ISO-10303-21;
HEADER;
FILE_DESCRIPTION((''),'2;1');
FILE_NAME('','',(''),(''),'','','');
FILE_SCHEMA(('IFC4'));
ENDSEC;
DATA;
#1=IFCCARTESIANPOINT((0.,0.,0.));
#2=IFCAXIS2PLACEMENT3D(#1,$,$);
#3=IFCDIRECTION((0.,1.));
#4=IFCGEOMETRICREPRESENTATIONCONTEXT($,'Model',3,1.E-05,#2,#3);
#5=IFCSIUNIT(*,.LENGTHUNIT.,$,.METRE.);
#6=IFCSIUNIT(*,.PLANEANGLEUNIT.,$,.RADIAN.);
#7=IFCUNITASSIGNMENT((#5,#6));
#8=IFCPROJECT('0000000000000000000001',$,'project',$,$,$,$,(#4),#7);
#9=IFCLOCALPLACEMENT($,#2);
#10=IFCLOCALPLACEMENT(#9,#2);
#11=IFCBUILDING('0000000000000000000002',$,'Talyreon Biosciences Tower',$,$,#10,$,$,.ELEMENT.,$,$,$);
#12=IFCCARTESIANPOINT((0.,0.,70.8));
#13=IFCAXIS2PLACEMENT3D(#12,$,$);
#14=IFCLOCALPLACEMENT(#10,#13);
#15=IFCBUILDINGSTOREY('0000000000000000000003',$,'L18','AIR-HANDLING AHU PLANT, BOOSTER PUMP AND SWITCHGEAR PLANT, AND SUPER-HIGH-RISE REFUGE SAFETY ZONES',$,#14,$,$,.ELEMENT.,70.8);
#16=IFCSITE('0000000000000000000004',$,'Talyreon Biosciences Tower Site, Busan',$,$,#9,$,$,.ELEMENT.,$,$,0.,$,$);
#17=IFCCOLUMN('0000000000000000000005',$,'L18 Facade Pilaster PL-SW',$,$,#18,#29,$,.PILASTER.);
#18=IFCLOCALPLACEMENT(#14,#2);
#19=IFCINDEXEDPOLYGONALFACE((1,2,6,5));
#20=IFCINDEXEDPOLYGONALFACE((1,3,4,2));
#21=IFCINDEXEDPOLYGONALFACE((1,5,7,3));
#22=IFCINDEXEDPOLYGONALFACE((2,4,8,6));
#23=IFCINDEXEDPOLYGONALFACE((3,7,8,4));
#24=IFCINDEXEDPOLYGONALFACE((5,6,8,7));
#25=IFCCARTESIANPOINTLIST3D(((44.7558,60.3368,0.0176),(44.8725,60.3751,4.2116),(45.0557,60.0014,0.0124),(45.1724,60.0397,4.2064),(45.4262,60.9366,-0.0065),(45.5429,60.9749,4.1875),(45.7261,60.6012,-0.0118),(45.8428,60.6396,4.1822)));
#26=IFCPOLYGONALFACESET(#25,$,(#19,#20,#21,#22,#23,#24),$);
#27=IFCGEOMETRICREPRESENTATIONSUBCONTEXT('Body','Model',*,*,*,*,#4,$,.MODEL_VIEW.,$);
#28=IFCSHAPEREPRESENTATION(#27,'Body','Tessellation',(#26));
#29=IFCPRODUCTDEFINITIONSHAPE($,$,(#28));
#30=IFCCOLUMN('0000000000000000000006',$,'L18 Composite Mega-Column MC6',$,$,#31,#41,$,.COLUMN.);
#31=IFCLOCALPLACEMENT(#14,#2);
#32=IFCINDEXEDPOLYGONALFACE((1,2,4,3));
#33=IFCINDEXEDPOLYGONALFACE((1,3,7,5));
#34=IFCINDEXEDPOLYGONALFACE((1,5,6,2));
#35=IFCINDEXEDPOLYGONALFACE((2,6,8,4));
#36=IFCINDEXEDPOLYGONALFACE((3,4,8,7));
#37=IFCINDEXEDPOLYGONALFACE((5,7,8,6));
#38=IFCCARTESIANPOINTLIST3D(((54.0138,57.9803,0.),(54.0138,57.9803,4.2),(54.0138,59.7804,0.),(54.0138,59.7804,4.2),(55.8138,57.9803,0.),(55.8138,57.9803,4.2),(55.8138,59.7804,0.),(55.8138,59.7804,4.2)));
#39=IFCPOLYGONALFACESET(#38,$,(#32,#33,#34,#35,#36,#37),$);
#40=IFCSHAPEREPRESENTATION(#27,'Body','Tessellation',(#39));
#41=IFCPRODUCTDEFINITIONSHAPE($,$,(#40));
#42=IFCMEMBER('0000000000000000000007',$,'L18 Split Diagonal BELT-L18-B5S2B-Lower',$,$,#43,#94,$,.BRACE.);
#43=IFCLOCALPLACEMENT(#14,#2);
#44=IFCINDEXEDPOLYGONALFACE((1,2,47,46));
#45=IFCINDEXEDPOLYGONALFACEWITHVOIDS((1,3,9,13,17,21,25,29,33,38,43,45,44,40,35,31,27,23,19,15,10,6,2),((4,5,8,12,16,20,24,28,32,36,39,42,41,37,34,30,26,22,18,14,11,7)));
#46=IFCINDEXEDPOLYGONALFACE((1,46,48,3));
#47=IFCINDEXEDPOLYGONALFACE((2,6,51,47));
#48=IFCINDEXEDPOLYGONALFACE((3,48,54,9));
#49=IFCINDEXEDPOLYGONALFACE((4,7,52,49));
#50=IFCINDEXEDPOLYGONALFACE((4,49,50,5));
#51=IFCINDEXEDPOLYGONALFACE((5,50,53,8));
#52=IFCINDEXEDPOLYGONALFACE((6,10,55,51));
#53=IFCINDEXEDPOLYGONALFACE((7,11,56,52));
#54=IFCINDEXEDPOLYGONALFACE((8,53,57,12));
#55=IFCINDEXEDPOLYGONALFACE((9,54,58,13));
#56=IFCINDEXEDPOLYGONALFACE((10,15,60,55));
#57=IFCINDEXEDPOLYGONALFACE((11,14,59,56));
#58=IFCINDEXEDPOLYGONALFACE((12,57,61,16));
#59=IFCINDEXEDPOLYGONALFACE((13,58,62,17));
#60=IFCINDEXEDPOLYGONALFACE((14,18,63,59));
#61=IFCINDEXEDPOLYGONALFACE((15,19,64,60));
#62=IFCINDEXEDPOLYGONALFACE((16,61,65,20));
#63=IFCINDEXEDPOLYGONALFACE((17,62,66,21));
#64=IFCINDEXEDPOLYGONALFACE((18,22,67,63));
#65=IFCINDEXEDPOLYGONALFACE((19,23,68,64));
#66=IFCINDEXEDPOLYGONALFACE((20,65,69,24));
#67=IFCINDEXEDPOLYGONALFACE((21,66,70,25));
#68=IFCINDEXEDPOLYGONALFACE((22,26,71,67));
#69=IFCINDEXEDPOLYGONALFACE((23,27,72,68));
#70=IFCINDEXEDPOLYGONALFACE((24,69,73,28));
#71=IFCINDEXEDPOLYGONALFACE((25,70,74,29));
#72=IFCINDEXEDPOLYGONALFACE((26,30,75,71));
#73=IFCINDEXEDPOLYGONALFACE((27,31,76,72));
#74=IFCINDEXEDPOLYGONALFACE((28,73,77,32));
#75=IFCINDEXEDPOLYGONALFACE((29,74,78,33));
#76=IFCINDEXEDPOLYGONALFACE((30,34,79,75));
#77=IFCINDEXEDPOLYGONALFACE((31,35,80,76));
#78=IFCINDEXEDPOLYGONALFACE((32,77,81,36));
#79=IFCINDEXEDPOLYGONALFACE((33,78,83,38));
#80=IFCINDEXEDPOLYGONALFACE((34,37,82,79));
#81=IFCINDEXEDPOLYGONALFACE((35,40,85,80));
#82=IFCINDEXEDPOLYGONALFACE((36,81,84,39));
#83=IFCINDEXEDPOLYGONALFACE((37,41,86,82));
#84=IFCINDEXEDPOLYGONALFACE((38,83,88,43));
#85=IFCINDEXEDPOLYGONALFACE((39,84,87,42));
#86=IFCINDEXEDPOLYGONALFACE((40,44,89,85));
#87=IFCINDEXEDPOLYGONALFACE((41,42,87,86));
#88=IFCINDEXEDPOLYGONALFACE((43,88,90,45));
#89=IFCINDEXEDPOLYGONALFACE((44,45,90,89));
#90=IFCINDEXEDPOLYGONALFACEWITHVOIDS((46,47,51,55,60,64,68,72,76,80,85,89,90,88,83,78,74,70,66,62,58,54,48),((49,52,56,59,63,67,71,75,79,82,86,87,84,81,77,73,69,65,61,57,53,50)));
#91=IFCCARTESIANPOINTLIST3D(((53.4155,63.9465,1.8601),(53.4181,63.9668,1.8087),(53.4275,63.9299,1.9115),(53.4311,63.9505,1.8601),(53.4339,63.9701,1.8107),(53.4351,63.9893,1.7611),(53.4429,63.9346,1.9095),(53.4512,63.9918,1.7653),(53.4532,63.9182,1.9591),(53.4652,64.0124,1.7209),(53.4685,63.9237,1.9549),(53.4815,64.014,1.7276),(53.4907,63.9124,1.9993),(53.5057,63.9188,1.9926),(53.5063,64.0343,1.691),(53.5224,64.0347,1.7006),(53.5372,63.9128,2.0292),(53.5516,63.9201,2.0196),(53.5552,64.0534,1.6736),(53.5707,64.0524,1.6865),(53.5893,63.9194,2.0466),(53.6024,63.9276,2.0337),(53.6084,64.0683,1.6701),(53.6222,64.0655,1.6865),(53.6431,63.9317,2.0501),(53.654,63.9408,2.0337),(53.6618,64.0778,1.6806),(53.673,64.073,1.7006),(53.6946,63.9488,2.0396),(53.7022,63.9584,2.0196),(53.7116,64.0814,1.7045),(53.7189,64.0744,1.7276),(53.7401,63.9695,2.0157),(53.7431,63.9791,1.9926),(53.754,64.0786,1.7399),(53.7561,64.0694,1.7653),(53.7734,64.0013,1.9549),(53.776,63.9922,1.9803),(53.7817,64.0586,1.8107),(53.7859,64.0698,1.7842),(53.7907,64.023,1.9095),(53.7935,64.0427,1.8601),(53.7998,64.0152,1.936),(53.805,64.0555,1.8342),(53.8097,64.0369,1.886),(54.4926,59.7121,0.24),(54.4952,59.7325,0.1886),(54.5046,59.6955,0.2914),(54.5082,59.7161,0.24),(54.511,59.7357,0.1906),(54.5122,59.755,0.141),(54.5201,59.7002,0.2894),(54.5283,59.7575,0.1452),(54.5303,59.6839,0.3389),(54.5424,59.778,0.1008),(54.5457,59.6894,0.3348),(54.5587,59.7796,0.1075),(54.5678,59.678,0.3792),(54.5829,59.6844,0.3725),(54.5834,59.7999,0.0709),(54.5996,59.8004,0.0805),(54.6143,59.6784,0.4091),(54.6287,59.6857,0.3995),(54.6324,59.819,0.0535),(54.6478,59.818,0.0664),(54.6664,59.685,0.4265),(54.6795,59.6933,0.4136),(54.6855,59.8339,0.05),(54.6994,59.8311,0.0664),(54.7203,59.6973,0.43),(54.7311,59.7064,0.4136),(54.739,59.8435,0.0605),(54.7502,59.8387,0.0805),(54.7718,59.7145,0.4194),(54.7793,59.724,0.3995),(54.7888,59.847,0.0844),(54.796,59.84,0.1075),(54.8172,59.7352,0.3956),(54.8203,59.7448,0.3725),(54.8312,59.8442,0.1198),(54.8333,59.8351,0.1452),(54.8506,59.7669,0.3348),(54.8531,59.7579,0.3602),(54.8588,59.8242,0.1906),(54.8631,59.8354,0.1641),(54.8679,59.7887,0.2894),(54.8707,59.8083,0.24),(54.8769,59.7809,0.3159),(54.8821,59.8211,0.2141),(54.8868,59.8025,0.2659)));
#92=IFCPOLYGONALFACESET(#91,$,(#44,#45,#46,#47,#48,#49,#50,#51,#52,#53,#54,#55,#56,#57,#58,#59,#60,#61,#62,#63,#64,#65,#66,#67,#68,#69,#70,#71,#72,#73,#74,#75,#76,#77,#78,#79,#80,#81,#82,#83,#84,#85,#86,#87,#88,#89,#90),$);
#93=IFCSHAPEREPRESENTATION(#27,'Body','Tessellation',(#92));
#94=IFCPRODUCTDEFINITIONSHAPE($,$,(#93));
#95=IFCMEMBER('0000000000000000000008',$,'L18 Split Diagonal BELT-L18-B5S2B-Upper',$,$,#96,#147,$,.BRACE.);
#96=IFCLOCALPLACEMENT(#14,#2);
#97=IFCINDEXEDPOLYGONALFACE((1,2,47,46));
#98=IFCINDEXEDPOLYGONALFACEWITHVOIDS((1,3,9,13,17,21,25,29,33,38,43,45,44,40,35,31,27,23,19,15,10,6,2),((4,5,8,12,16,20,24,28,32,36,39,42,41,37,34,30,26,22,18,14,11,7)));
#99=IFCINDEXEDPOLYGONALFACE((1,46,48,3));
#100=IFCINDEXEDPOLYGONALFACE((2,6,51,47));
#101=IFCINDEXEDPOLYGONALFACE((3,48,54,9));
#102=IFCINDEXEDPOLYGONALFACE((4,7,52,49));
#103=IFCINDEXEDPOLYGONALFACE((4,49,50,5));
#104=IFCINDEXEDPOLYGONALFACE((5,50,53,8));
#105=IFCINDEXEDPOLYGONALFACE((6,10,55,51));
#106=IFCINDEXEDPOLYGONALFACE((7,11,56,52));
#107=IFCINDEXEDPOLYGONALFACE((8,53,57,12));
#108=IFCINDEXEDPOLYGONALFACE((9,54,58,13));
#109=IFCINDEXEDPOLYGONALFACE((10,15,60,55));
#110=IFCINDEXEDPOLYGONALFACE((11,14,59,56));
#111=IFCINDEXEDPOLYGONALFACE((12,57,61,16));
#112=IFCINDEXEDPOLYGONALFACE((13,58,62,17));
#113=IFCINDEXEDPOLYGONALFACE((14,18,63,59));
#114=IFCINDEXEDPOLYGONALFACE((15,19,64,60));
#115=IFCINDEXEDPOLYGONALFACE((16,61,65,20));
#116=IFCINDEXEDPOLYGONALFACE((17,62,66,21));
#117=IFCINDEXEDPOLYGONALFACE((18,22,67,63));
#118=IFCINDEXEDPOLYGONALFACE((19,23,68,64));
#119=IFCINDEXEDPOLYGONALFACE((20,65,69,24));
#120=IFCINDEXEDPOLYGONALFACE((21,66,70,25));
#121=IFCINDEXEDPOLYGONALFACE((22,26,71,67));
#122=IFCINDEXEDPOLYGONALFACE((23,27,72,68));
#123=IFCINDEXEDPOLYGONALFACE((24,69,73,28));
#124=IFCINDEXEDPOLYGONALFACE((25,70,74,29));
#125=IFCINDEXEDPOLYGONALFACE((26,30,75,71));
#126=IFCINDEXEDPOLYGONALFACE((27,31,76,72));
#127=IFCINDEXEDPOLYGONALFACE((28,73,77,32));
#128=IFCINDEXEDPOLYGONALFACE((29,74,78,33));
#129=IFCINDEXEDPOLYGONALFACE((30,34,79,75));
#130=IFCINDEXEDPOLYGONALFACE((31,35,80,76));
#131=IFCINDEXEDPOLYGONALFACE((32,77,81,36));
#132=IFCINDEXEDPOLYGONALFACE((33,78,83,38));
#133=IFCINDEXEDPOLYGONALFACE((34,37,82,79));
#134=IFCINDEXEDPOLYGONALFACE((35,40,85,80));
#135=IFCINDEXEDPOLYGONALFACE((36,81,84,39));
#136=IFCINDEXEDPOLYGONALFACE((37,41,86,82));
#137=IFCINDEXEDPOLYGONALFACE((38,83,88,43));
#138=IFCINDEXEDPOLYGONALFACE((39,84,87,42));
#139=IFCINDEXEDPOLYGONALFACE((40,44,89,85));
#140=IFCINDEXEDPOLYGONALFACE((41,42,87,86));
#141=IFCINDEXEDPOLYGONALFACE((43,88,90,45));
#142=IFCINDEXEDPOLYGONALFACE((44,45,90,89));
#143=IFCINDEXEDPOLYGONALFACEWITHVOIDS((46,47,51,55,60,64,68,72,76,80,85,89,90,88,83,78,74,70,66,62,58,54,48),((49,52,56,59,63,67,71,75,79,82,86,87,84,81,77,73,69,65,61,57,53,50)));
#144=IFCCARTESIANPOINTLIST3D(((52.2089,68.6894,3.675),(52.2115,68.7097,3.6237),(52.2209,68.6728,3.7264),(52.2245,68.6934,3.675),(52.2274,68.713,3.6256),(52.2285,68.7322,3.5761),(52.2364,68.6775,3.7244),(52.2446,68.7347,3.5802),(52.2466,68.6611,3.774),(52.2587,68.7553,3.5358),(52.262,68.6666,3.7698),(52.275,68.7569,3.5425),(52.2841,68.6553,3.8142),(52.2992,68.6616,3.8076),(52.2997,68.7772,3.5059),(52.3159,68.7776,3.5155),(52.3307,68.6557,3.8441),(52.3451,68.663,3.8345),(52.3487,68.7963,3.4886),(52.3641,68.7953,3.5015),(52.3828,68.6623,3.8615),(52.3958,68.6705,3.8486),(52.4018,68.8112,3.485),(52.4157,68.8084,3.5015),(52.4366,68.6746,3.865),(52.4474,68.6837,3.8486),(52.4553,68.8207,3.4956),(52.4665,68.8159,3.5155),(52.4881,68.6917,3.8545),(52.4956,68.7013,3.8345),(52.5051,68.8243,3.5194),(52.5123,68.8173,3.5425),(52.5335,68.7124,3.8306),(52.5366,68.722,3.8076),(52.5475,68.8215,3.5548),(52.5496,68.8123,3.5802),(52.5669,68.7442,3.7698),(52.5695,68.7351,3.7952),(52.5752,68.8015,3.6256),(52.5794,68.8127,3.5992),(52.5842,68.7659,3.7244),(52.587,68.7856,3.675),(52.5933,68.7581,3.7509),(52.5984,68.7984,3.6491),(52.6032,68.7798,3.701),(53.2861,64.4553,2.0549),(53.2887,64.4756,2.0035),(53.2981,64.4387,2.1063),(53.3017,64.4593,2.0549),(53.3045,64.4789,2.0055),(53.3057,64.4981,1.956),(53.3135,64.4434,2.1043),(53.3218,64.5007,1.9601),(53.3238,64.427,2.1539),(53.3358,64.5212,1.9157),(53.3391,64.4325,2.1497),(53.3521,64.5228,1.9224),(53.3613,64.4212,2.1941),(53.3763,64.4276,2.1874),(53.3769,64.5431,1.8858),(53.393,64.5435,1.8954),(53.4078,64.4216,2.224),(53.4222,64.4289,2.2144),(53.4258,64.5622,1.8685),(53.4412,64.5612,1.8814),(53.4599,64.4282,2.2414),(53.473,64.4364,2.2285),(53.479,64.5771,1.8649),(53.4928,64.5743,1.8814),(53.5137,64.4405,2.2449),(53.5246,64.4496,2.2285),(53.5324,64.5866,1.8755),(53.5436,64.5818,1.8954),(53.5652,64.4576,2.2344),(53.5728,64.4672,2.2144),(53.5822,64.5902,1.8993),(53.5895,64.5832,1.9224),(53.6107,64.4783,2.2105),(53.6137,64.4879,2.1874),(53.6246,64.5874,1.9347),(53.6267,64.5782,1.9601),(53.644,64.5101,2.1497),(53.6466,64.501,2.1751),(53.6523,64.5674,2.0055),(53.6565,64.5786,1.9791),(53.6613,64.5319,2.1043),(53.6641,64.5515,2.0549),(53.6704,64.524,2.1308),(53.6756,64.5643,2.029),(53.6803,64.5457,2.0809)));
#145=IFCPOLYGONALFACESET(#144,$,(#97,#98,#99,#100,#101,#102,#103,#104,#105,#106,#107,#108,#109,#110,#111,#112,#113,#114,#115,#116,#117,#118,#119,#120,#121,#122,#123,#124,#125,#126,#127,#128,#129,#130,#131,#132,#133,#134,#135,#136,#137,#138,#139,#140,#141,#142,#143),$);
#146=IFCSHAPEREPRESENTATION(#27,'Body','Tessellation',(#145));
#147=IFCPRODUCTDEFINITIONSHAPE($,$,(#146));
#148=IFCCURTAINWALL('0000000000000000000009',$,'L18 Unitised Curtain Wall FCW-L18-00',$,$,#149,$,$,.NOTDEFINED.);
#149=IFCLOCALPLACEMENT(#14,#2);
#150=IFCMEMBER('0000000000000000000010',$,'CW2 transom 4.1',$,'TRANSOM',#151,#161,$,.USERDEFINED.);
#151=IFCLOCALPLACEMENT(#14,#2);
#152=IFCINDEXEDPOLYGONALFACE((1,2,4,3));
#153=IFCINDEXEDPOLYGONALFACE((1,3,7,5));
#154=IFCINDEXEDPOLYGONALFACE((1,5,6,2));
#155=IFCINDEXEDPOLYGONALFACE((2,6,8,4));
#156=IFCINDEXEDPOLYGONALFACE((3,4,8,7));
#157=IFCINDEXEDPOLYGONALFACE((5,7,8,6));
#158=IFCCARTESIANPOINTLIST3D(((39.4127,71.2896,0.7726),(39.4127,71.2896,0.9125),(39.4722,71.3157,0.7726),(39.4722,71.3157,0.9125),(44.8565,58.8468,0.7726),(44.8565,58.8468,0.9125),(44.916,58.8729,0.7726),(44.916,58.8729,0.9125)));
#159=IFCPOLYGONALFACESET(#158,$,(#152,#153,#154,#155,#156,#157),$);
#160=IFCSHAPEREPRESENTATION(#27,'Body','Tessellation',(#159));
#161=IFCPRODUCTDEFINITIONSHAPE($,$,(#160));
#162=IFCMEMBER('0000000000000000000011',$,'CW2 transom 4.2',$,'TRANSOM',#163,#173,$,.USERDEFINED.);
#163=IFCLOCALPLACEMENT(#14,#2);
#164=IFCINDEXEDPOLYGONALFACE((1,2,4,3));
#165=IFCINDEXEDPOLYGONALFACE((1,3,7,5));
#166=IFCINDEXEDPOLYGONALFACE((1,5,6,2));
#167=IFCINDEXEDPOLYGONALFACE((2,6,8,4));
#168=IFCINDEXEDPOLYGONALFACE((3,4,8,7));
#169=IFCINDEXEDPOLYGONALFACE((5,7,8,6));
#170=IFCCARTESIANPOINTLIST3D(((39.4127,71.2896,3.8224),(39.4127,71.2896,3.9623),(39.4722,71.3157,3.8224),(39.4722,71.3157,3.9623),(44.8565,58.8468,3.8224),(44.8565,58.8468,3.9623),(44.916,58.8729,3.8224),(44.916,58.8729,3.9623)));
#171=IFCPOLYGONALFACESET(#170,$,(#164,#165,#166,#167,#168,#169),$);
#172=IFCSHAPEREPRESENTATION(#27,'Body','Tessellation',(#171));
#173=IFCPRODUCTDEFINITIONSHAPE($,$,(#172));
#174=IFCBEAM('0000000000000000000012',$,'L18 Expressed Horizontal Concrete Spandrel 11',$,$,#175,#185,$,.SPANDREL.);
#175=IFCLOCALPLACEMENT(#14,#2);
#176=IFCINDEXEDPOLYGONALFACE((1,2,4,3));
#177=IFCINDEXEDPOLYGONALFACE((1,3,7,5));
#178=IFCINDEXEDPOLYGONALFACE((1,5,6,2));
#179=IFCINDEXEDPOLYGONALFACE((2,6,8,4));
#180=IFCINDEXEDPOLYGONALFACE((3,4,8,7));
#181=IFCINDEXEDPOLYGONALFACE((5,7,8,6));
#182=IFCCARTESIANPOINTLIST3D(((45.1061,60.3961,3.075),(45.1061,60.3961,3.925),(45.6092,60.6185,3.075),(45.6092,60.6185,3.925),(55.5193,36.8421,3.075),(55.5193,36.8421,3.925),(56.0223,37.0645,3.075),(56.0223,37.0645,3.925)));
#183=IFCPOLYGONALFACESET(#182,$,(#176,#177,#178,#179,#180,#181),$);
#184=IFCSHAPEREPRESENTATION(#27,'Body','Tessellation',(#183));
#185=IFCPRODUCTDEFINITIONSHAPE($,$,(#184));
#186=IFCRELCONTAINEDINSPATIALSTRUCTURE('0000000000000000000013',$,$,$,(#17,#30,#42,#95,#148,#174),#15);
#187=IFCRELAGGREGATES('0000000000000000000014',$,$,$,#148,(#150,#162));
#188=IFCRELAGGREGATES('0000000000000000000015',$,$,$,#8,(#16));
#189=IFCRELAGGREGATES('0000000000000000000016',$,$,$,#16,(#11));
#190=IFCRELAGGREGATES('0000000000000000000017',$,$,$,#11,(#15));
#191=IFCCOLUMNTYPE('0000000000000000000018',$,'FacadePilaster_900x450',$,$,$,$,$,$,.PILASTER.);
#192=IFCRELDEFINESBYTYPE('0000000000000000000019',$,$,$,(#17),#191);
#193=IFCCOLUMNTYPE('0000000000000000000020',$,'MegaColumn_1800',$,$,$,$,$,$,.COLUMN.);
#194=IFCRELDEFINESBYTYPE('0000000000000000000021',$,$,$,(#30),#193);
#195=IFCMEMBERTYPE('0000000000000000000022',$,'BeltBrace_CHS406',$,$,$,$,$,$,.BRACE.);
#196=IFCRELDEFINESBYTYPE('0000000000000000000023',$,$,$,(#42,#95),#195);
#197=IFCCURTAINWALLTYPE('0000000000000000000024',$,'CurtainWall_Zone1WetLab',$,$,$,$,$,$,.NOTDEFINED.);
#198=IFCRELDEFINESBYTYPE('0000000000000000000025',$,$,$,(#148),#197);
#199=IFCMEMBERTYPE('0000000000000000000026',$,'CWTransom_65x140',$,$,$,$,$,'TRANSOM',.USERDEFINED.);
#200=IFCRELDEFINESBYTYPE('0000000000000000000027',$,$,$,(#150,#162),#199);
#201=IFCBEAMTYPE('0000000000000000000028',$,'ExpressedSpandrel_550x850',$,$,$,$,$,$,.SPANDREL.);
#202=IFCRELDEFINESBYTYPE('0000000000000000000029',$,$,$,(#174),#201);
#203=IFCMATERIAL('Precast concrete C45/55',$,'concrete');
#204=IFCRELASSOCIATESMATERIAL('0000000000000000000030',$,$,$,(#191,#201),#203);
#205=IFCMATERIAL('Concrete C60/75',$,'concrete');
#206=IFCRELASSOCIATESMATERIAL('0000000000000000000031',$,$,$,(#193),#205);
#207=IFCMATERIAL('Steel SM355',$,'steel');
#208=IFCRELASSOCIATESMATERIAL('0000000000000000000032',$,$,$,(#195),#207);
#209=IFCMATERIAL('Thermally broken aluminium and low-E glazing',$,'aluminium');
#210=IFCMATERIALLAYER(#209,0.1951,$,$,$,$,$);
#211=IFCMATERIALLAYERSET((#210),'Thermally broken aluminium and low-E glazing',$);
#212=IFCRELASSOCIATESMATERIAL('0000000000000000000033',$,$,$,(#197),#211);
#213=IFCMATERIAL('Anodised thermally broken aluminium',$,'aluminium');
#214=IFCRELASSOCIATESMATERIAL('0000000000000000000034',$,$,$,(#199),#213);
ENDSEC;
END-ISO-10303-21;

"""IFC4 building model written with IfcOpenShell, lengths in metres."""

from ifc_helpers import new_model, si_unit, direction, frame, origin, origin_2d, place, context, subcontext, project, spatial, rectangle, hollow_circle, extrude, material, layer, layer_set, material_profile, profile_set, type_object, element, aggregate, save


model = new_model("IFC4")

# Units and contexts
model_context = context("Model", 3, precision=1e-05, world=origin(), true_north=direction((0.0, 1.0)))
body_context = subcontext(model_context, "Body", "Model", "MODEL_VIEW")
ifc_project = project(units=[si_unit("LENGTHUNIT", "METRE"), si_unit("PLANEANGLEUNIT", "RADIAN")], contexts=[model_context])

# Site, building, storey
site_placement = place(None, origin())
site = spatial("IfcSite", under=ifc_project, at=site_placement, Name="Talyreon Biosciences Tower Site, Busan", CompositionType="ELEMENT", RefElevation=0.0)
building_placement = place(site_placement, origin())
building = spatial("IfcBuilding", under=site, at=building_placement, Name="Talyreon Biosciences Tower", CompositionType="ELEMENT")
storey_placement = place(building_placement, frame((0.0, 0.0, 70.8)))
storey = spatial("IfcBuildingStorey", under=building, at=storey_placement, Name="L18", Description="AIR-HANDLING AHU PLANT, BOOSTER PUMP AND SWITCHGEAR PLANT, AND SUPER-HIGH-RISE REFUGE SAFETY ZONES", CompositionType="ELEMENT", Elevation=70.8)

# Columns
ifc_material_1 = material(Name="Precast concrete C45/55", Category="concrete")
ifc_material_profile_1 = material_profile(ifc_material_1, rectangle(XDim=0.8999, YDim=0.45, at=origin_2d()), Name="RC 900x450")
ifc_profile_set_1 = profile_set([ifc_material_profile_1], Name="Precast concrete C45/55")
column_type_1 = type_object("IfcColumnType", Name="FacadePilaster_900x450", PredefinedType="PILASTER", material=ifc_profile_set_1)
column_1_placement = place(storey_placement, frame((45.241, 60.469, 0.0029), z_axis=(0.027813, 0.009135, 0.999571), x_axis=(0.744953, 0.666577, -0.02682)))
element("IfcColumn", 1, at=column_1_placement, inside=storey, type_object=column_type_1, Name="L18 Facade Pilaster PL-SW", PredefinedType="PILASTER", context=body_context, shape_type="SweptSolid", body=[
    extrude(rectangle(XDim=0.8999, YDim=0.45, at=origin_2d()), origin(), (0.0, 0.0, 1.0), 4.1958),
])
ifc_material_2 = material(Name="Concrete C60/75", Category="concrete")
ifc_material_profile_2 = material_profile(ifc_material_2, rectangle(XDim=1.8, YDim=1.8, at=origin_2d()), Name="RC 1800x1800")
ifc_profile_set_2 = profile_set([ifc_material_profile_2], Name="Concrete C60/75")
column_type_2 = type_object("IfcColumnType", Name="MegaColumn_1800", PredefinedType="COLUMN", material=ifc_profile_set_2)
column_2_placement = place(storey_placement, frame((54.9138, 58.8804, 0.0), z_axis=(0.0, 0.0, 1.0), x_axis=(1.0, 0.0, 0.0)))
element("IfcColumn", 2, at=column_2_placement, inside=storey, type_object=column_type_2, Name="L18 Composite Mega-Column MC6", PredefinedType="COLUMN", context=body_context, shape_type="SweptSolid", body=[
    extrude(rectangle(XDim=1.8, YDim=1.8, at=origin_2d()), origin(), (0.0, 0.0, 1.0), 4.2),
])

# Members
ifc_material_3 = material(Name="Steel SM355", Category="steel")
ifc_material_profile_3 = material_profile(ifc_material_3, hollow_circle(Radius=0.2031, WallThickness=0.0161, at=origin_2d()), Name="CHS 406.4x16")
ifc_profile_set_3 = profile_set([ifc_material_profile_3], Name="Steel SM355")
member_type_1 = type_object("IfcMemberType", Name="BeltBrace_CHS406", PredefinedType="BRACE", material=ifc_profile_set_3)
member_1_placement = place(storey_placement, frame((54.6895, 59.7622, 0.24), z_axis=(-0.231151, 0.908678, 0.34767), x_axis=(-0.969135, -0.24653, 0.0)))
element("IfcMember", 3, at=member_1_placement, inside=storey, type_object=member_type_1, Name="L18 Split Diagonal BELT-L18-B5S2B-Lower", PredefinedType="BRACE", context=body_context, shape_type="SweptSolid", body=[
    extrude(hollow_circle(Radius=0.2031, WallThickness=0.0161, at=origin_2d()), origin(), (0.0, 0.0, 1.0), 4.6599),
])
member_2_placement = place(storey_placement, frame((53.4829, 64.5054, 2.0549), z_axis=(-0.231162, 0.908668, 0.347686), x_axis=(-0.969132, -0.246544, 0.0)))
element("IfcMember", 4, at=member_2_placement, inside=storey, type_object=member_type_1, Name="L18 Split Diagonal BELT-L18-B5S2B-Upper", PredefinedType="BRACE", context=body_context, shape_type="SweptSolid", body=[
    extrude(hollow_circle(Radius=0.2031, WallThickness=0.0161, at=origin_2d()), origin(), (0.0, 0.0, 1.0), 4.6597),
])

# Curtain wall, members
ifc_material_4 = material(Name="Thermally broken aluminium and low-E glazing", Category="aluminium")
ifc_layer_1 = layer(ifc_material_4, 0.1951)
ifc_layer_set_1 = layer_set([ifc_layer_1], Name="Thermally broken aluminium and low-E glazing")
curtain_wall_type = type_object("IfcCurtainWallType", Name="CurtainWall_Zone1WetLab", PredefinedType="NOTDEFINED", material=ifc_layer_set_1)
curtain_wall_placement = place(storey_placement, origin())
curtain_wall = element("IfcCurtainWall", 5, at=curtain_wall_placement, inside=storey, type_object=curtain_wall_type, Name="L18 Unitised Curtain Wall FCW-L18-00", PredefinedType="NOTDEFINED")
ifc_material_5 = material(Name="Anodised thermally broken aluminium", Category="aluminium")
ifc_material_profile_4 = material_profile(ifc_material_5, rectangle(XDim=0.0649, YDim=0.1399, at=origin_2d()), Name="ALUM TRANSOM 65x140")
ifc_profile_set_4 = profile_set([ifc_material_profile_4], Name="Anodised thermally broken aluminium")
member_type_2 = type_object("IfcMemberType", Name="CWTransom_65x140", ElementType="TRANSOM", PredefinedType="USERDEFINED", material=ifc_profile_set_4)
member_3_placement = place(storey_placement, frame((44.8862, 58.8599, 0.8425), z_axis=(-0.400824, 0.916155, 0.0), x_axis=(-0.916155, -0.400824, 0.0)))
member_3 = element("IfcMember", 6, at=member_3_placement, type_object=member_type_2, Name="CW2 transom 4.1", ObjectType="TRANSOM", PredefinedType="USERDEFINED", context=body_context, shape_type="SweptSolid", body=[
    extrude(rectangle(XDim=0.0649, YDim=0.1399, at=origin_2d()), origin(), (0.0, 0.0, 1.0), 13.5815),
])
member_4_placement = place(storey_placement, frame((44.8862, 58.8599, 3.8923), z_axis=(-0.400824, 0.916155, 0.0), x_axis=(-0.916155, -0.400824, 0.0)))
member_4 = element("IfcMember", 7, at=member_4_placement, type_object=member_type_2, Name="CW2 transom 4.2", ObjectType="TRANSOM", PredefinedType="USERDEFINED", context=body_context, shape_type="SweptSolid", body=[
    extrude(rectangle(XDim=0.0649, YDim=0.1399, at=origin_2d()), origin(), (0.0, 0.0, 1.0), 13.5815),
])

# Beam
ifc_material_profile_5 = material_profile(ifc_material_1, rectangle(XDim=0.55, YDim=0.8501, at=origin_2d()), Name="RCB 550x850")
ifc_profile_set_5 = profile_set([ifc_material_profile_5], Name="Precast concrete C45/55")
beam_type_1 = type_object("IfcBeamType", Name="ExpressedSpandrel_550x850", PredefinedType="SPANDREL", material=ifc_profile_set_5)
beam_1_placement = place(storey_placement, frame((45.3577, 60.5073, 3.5), z_axis=(0.404343, -0.914607, 0.0), x_axis=(0.914607, 0.404343, 0.0)))
element("IfcBeam", 8, at=beam_1_placement, inside=storey, type_object=beam_type_1, Name="L18 Expressed Horizontal Concrete Spandrel 11", PredefinedType="SPANDREL", context=body_context, shape_type="SweptSolid", body=[
    extrude(rectangle(XDim=0.55, YDim=0.8501, at=origin_2d()), origin(), (0.0, 0.0, 1.0), 25.7532),
])

aggregate(curtain_wall, [member_3, member_4])

save(model, "model.ifc")
